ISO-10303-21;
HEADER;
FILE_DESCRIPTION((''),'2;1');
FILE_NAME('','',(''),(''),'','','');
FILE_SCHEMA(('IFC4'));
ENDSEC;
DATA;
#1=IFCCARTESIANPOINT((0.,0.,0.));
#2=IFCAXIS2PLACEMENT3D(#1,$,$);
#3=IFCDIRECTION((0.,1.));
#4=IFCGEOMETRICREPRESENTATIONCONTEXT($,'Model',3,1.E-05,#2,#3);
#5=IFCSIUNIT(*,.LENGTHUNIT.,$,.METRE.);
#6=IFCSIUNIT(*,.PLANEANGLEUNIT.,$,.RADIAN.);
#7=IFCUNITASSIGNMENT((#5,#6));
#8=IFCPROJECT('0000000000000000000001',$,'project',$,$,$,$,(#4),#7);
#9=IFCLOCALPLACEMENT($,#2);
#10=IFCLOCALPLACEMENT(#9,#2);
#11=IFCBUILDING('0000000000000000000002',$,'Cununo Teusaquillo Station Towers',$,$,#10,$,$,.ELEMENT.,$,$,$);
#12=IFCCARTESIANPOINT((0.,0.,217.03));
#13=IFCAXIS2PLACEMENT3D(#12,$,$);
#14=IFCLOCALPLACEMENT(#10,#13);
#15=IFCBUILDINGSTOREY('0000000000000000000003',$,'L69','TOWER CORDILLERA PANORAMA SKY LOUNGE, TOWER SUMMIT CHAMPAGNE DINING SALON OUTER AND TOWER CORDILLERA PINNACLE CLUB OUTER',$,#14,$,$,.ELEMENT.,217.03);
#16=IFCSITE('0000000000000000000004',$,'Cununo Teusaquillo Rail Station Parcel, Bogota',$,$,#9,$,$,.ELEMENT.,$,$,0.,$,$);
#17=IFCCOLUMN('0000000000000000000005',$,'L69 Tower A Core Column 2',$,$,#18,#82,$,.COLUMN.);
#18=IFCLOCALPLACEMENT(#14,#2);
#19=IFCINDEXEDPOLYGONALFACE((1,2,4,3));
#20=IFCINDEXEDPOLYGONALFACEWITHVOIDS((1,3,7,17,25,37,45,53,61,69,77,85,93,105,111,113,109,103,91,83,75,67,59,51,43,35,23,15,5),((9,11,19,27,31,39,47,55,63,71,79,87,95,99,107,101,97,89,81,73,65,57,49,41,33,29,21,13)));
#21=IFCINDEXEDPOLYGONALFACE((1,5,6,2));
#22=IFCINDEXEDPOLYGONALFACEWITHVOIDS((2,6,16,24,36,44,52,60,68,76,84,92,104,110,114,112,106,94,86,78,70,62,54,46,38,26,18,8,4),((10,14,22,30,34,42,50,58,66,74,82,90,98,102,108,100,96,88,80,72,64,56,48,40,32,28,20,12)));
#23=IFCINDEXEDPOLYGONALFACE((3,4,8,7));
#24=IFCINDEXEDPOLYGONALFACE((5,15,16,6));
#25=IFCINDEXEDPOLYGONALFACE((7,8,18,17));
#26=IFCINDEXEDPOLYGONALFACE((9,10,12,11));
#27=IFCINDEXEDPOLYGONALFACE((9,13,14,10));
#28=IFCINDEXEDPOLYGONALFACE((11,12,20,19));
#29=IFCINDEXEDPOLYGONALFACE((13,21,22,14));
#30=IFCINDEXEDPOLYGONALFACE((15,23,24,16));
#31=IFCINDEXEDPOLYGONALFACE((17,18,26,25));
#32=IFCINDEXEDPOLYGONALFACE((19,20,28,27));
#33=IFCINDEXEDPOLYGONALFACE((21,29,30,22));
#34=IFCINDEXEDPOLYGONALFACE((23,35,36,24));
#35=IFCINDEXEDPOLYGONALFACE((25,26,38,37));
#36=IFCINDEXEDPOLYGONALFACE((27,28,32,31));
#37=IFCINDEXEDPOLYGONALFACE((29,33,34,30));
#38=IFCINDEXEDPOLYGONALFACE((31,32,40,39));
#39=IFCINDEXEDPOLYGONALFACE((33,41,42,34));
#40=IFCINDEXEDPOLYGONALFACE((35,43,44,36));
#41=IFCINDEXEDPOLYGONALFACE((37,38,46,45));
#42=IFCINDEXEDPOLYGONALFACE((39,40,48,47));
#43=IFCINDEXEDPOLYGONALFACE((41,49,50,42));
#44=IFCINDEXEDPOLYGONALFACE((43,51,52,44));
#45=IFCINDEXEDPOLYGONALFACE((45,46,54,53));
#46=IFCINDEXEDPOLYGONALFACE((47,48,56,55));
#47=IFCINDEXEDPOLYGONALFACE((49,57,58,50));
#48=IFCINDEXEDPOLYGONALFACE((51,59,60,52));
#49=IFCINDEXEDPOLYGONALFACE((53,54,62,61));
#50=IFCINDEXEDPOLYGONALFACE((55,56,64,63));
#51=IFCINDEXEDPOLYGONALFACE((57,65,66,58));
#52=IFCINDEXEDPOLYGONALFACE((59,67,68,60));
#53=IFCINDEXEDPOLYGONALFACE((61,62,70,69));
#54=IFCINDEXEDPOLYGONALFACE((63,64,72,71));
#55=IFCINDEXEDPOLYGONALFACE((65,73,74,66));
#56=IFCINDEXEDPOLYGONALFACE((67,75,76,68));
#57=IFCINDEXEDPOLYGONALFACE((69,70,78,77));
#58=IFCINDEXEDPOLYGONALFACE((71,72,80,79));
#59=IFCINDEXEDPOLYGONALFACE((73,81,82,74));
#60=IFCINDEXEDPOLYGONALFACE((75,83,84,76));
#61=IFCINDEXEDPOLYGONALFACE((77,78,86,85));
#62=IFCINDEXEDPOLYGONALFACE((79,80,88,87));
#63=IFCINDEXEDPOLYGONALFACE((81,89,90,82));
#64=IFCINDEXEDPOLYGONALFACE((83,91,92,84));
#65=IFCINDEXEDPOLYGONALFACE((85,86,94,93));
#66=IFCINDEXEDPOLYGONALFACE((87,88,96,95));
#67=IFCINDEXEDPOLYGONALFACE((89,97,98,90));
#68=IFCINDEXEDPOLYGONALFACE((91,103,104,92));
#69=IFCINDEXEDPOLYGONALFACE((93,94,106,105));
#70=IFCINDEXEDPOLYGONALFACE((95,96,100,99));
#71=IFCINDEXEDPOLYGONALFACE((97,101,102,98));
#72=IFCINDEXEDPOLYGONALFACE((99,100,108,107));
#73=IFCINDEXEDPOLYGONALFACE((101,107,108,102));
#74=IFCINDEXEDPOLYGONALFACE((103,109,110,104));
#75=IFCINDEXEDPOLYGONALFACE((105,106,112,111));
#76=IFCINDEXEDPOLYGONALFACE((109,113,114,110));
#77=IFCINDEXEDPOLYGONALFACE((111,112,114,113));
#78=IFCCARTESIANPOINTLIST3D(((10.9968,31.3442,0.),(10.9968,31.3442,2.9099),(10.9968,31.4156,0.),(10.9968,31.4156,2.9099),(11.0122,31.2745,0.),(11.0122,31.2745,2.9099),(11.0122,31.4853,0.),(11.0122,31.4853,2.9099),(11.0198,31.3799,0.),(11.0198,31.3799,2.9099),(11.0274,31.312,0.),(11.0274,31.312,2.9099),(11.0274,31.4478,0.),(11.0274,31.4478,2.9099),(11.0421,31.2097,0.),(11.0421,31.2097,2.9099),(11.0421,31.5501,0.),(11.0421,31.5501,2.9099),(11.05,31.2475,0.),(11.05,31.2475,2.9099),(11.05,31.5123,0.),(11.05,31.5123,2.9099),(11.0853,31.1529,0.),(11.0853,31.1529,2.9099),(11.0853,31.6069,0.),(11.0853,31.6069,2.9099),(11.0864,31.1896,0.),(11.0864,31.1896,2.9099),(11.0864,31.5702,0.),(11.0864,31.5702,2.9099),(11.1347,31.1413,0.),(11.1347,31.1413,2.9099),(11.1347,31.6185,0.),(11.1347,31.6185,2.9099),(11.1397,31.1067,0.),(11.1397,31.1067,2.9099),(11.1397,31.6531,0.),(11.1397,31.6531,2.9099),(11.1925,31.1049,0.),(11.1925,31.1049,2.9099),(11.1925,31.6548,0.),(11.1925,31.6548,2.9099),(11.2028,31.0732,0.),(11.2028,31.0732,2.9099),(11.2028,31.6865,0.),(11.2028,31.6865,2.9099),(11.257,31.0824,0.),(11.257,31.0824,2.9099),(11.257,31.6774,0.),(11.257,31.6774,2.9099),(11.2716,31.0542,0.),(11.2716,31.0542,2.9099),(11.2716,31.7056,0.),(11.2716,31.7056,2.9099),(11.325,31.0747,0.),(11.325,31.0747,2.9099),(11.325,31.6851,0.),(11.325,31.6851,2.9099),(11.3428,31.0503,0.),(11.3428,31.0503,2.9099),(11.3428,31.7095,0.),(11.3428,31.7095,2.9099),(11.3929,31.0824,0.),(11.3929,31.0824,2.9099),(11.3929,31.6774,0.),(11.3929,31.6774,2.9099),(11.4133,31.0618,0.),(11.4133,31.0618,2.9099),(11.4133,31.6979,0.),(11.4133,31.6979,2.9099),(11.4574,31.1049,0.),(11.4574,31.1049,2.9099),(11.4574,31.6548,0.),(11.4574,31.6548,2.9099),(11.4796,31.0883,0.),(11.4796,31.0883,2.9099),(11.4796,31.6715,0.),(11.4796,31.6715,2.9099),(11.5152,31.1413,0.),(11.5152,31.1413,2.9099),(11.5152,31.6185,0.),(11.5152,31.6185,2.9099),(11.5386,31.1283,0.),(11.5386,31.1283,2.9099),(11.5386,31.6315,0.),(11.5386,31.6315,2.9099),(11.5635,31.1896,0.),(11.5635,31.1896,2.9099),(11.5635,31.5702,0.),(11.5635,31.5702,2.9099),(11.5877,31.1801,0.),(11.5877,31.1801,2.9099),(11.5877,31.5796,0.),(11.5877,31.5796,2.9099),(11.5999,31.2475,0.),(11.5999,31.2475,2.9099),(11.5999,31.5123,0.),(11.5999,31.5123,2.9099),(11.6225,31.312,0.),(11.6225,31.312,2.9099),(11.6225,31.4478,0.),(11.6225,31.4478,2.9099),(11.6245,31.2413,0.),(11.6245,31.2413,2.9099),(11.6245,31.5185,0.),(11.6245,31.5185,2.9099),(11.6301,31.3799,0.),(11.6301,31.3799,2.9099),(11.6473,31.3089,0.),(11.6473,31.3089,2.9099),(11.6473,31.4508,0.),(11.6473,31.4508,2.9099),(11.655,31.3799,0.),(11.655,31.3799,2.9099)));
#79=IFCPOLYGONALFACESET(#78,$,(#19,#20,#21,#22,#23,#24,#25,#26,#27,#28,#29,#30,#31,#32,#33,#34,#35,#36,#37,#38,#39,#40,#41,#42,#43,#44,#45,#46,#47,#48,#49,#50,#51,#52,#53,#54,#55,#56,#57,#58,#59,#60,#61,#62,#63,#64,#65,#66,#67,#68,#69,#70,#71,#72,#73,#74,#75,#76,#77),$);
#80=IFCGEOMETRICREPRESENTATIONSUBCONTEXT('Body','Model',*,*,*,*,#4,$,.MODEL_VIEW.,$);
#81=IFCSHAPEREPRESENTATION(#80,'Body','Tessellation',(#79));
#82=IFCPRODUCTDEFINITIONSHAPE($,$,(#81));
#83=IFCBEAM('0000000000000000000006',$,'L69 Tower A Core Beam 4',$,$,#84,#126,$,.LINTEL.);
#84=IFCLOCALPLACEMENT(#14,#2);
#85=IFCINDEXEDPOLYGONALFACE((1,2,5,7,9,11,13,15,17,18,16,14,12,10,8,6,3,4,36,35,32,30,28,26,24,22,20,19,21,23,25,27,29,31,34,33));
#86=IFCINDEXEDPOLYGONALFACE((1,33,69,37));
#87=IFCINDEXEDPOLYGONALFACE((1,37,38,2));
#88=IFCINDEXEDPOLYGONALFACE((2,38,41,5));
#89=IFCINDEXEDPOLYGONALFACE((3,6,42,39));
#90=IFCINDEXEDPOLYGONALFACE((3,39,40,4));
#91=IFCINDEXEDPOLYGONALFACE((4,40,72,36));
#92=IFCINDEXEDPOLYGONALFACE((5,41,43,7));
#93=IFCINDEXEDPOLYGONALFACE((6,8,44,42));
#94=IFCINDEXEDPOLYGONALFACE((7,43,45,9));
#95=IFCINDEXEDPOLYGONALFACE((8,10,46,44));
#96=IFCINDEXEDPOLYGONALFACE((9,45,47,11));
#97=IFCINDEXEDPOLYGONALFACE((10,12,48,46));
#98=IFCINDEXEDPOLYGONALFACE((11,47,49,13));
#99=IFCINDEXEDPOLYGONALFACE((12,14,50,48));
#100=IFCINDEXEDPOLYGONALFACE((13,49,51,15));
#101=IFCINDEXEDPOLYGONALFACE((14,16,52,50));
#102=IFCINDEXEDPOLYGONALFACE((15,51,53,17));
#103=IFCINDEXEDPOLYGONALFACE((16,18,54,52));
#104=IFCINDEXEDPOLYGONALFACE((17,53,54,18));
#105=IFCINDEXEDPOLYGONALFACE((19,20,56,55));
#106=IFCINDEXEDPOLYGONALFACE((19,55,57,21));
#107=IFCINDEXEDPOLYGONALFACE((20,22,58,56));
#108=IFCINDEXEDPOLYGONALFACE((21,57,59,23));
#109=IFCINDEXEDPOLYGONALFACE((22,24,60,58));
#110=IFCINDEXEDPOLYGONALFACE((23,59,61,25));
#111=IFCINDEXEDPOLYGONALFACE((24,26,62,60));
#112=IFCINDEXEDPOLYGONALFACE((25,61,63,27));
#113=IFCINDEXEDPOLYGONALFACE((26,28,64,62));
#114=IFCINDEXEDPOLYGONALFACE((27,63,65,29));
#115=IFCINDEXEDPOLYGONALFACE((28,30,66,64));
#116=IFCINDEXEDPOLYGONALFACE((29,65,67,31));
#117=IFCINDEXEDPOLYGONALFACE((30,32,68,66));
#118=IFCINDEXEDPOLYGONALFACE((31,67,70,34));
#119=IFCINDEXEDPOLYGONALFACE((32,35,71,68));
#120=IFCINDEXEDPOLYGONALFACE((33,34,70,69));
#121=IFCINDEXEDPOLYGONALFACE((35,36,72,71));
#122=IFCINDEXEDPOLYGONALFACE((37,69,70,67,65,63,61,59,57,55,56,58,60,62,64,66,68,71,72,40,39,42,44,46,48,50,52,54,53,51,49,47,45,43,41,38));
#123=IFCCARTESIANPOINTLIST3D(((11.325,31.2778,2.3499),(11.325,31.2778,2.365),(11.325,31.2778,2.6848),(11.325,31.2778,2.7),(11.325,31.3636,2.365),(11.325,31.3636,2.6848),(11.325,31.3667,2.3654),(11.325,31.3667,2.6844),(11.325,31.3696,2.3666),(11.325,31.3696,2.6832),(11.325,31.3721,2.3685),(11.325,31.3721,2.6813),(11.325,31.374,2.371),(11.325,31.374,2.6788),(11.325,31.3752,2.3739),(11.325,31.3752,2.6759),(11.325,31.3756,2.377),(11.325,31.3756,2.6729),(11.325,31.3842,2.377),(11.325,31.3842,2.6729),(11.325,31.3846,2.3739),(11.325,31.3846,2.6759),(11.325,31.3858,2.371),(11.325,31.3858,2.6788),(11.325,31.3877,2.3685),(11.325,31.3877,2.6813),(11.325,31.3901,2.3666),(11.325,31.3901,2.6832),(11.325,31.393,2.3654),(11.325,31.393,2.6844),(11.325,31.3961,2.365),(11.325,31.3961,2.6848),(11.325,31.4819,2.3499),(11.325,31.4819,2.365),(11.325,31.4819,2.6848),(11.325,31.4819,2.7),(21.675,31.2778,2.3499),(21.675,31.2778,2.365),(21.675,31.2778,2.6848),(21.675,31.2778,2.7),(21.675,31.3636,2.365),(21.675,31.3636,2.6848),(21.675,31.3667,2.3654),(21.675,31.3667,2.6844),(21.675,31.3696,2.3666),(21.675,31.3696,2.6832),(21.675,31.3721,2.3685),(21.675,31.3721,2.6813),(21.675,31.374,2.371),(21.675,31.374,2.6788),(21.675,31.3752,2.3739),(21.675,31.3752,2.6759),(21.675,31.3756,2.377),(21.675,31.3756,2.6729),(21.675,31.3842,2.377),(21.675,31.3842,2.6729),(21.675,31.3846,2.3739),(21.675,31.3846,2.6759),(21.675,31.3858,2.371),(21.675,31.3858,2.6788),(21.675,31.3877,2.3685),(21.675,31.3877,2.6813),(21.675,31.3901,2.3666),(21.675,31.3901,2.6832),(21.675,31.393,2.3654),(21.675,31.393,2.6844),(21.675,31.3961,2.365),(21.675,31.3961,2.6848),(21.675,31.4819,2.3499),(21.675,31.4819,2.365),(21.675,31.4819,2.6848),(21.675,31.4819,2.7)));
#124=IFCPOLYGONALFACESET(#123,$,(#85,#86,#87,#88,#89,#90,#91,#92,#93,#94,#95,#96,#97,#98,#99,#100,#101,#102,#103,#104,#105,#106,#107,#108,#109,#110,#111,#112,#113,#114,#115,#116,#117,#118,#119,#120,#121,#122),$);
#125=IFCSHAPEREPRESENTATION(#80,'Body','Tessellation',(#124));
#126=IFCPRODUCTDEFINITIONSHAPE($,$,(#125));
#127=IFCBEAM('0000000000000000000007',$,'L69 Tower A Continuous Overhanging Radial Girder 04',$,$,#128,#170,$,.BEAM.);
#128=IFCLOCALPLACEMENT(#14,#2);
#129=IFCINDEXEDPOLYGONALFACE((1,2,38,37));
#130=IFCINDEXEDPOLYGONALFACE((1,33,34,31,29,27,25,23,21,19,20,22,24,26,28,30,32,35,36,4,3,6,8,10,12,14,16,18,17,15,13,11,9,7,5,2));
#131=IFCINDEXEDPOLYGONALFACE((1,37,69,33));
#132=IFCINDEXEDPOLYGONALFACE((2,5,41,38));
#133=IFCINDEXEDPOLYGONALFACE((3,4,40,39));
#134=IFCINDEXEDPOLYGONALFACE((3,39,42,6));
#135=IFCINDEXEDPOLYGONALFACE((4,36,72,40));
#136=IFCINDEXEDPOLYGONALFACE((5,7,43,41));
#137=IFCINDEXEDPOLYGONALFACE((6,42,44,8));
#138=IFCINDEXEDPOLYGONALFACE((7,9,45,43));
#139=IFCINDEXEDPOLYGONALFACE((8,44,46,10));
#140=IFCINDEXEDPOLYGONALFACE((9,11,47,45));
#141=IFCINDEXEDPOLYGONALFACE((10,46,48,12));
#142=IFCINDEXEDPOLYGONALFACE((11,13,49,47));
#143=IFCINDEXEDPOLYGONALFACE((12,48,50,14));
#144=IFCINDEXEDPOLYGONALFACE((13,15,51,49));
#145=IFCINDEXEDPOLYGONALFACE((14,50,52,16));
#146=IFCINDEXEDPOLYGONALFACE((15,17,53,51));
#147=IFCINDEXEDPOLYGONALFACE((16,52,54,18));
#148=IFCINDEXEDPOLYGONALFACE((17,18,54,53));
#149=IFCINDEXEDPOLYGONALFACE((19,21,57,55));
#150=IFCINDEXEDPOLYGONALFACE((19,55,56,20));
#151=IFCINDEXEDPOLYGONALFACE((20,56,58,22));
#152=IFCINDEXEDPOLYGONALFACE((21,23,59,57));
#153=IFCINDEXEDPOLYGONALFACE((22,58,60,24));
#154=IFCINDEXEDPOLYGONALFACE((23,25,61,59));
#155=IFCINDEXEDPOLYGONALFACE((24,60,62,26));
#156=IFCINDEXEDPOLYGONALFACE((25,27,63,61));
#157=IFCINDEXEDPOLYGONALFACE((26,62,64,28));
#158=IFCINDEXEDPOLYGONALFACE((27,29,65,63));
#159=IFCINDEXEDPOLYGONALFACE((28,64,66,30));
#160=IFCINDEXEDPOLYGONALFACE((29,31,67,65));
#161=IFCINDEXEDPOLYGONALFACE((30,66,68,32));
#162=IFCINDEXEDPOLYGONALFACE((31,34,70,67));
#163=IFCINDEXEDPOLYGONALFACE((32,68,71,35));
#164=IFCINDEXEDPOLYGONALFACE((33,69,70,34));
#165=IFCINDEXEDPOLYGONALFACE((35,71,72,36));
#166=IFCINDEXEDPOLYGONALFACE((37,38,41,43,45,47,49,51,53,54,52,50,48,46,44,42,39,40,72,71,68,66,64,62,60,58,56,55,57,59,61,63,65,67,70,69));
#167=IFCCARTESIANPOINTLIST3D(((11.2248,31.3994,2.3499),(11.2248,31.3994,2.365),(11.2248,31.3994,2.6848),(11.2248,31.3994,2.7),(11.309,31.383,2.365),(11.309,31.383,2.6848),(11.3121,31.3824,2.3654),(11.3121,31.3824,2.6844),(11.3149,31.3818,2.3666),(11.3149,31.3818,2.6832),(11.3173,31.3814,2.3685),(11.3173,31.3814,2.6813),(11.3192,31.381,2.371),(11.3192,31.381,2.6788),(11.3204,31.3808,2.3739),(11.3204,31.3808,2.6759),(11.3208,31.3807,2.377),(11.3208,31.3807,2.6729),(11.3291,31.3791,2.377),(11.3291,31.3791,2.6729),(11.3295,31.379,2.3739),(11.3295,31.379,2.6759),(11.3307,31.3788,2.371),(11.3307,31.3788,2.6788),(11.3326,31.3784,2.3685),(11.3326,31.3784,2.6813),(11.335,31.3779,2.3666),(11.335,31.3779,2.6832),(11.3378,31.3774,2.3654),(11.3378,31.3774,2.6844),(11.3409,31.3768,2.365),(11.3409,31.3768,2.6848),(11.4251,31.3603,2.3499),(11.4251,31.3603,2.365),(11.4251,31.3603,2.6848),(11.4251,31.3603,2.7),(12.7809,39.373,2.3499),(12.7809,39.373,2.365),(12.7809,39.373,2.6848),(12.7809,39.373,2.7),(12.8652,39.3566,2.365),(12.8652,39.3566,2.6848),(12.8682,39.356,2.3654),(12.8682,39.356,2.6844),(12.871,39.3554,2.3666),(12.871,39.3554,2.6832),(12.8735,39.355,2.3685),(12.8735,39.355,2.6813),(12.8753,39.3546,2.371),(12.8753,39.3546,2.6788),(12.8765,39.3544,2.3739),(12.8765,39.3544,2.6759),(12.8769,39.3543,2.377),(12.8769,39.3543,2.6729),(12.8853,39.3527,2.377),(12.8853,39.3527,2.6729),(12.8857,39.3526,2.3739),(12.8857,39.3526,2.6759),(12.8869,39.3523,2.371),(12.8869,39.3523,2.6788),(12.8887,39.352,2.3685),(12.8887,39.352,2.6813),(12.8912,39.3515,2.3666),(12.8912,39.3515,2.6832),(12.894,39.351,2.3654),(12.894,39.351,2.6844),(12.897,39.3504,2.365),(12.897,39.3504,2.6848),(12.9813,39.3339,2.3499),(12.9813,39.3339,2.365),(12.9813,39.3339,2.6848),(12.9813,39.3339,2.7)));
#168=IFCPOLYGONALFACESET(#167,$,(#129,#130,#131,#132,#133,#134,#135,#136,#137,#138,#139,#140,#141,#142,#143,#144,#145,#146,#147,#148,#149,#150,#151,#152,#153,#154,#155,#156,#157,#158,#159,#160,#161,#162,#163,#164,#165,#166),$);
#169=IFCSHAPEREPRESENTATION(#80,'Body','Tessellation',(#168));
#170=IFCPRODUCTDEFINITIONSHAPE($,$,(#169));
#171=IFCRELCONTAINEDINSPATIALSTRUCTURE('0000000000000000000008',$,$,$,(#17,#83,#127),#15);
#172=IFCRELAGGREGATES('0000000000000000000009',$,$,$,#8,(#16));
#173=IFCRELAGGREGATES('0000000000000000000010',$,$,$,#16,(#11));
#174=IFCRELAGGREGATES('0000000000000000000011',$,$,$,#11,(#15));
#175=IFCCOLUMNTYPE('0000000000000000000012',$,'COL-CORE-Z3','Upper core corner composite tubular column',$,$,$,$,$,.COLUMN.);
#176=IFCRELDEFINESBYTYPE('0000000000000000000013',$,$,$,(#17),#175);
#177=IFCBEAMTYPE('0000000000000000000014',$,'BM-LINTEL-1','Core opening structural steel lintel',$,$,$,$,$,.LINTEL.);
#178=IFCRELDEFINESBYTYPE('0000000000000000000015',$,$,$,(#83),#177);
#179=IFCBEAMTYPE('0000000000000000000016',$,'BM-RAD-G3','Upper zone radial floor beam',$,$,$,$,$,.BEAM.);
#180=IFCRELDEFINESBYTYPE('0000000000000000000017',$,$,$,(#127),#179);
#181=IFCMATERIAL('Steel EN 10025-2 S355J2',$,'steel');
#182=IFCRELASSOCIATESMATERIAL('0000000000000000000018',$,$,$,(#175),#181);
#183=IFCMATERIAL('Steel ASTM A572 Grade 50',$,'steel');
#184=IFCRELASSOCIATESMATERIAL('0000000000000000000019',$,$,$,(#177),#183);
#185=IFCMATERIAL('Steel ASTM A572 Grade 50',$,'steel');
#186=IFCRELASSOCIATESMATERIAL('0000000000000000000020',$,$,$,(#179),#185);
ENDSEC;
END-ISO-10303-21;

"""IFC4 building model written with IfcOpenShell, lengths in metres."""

from ifc_helpers import new_model, si_unit, direction, frame, origin, origin_2d, place, context, subcontext, project, spatial, hollow_circle, i_section, extrude, material, material_profile, profile_set, type_object, element, save


model = new_model("IFC4")

# Units and contexts
model_context = context("Model", 3, precision=1e-05, world=origin(), true_north=direction((0.0, 1.0)))
body_context = subcontext(model_context, "Body", "Model", "MODEL_VIEW")
ifc_project = project(units=[si_unit("LENGTHUNIT", "METRE"), si_unit("PLANEANGLEUNIT", "RADIAN")], contexts=[model_context])

# Site, building, storey
site_placement = place(None, origin())
site = spatial("IfcSite", under=ifc_project, at=site_placement, Name="Cununo Teusaquillo Rail Station Parcel, Bogota", CompositionType="ELEMENT", RefElevation=0.0)
building_placement = place(site_placement, origin())
building = spatial("IfcBuilding", under=site, at=building_placement, Name="Cununo Teusaquillo Station Towers", CompositionType="ELEMENT")
storey_placement = place(building_placement, frame((0.0, 0.0, 217.03)))
storey = spatial("IfcBuildingStorey", under=building, at=storey_placement, Name="L69", Description="TOWER CORDILLERA PANORAMA SKY LOUNGE, TOWER SUMMIT CHAMPAGNE DINING SALON OUTER AND TOWER CORDILLERA PINNACLE CLUB OUTER", CompositionType="ELEMENT", Elevation=217.03)

# Column
ifc_material_1 = material(Name="Steel EN 10025-2 S355J2", Category="steel")
ifc_material_profile_1 = material_profile(ifc_material_1, hollow_circle(Radius=0.3301, WallThickness=0.0249, at=origin_2d()), Name="CHS 660x25")
ifc_profile_set_1 = profile_set([ifc_material_profile_1], Name="Steel EN 10025-2 S355J2")
column_type = type_object("IfcColumnType", Name="COL-CORE-Z3", Description="Upper core corner composite tubular column", PredefinedType="COLUMN", material=ifc_profile_set_1)
column_placement = place(storey_placement, frame((11.325, 31.3799, 0.0), z_axis=(0.0, 0.0, 1.0), x_axis=(1.0, 0.0, 0.0)))
element("IfcColumn", 1, at=column_placement, inside=storey, type_object=column_type, Name="L69 Tower A Core Column 2", PredefinedType="COLUMN", context=body_context, shape_type="SweptSolid", body=[
    extrude(hollow_circle(Radius=0.3301, WallThickness=0.0249, at=origin_2d()), origin(), (0.0, 0.0, 1.0), 2.9099),
])

# Beams
ifc_material_2 = material(Name="Steel ASTM A572 Grade 50", Category="steel")
ifc_material_profile_2 = material_profile(ifc_material_2, i_section(OverallWidth=0.2041, OverallDepth=0.3501, WebThickness=0.0085, FlangeThickness=0.0151, FilletRadius=0.012, at=origin_2d()), Name="W14X48")
ifc_profile_set_2 = profile_set([ifc_material_profile_2], Name="Steel ASTM A572 Grade 50")
beam_type_1 = type_object("IfcBeamType", Name="BM-LINTEL-1", Description="Core opening structural steel lintel", PredefinedType="LINTEL", material=ifc_profile_set_2)
beam_1_placement = place(storey_placement, frame((11.325, 31.3799, 2.5249), z_axis=(1.0, 0.0, 0.0), x_axis=(0.0, 1.0, 0.0)))
element("IfcBeam", 2, at=beam_1_placement, inside=storey, type_object=beam_type_1, Name="L69 Tower A Core Beam 4", PredefinedType="LINTEL", context=body_context, shape_type="SweptSolid", body=[
    extrude(i_section(OverallWidth=0.2041, OverallDepth=0.3501, WebThickness=0.0085, FlangeThickness=0.0151, FilletRadius=0.012, at=origin_2d()), origin(), (0.0, 0.0, 1.0), 10.3501),
])
ifc_material_3 = material(Name="Steel ASTM A572 Grade 50", Category="steel")
ifc_material_profile_3 = material_profile(ifc_material_3, i_section(OverallWidth=0.2041, OverallDepth=0.3501, WebThickness=0.0085, FlangeThickness=0.0151, FilletRadius=0.012, at=origin_2d()), Name="W14X48")
ifc_profile_set_3 = profile_set([ifc_material_profile_3], Name="Steel ASTM A572 Grade 50")
beam_type_2 = type_object("IfcBeamType", Name="BM-RAD-G3", Description="Upper zone radial floor beam", PredefinedType="BEAM", material=ifc_profile_set_3)
beam_2_placement = place(storey_placement, frame((11.325, 31.3799, 2.5249), z_axis=(0.191548, 0.981483, 0.0), x_axis=(-0.981483, 0.191548, 0.0)))
element("IfcBeam", 3, at=beam_2_placement, inside=storey, type_object=beam_type_2, Name="L69 Tower A Continuous Overhanging Radial Girder 04", PredefinedType="BEAM", context=body_context, shape_type="SweptSolid", body=[
    extrude(i_section(OverallWidth=0.2041, OverallDepth=0.3501, WebThickness=0.0085, FlangeThickness=0.0151, FilletRadius=0.012, at=origin_2d()), origin(), (0.0, 0.0, 1.0), 8.124),
])

save(model, "model.ifc")
